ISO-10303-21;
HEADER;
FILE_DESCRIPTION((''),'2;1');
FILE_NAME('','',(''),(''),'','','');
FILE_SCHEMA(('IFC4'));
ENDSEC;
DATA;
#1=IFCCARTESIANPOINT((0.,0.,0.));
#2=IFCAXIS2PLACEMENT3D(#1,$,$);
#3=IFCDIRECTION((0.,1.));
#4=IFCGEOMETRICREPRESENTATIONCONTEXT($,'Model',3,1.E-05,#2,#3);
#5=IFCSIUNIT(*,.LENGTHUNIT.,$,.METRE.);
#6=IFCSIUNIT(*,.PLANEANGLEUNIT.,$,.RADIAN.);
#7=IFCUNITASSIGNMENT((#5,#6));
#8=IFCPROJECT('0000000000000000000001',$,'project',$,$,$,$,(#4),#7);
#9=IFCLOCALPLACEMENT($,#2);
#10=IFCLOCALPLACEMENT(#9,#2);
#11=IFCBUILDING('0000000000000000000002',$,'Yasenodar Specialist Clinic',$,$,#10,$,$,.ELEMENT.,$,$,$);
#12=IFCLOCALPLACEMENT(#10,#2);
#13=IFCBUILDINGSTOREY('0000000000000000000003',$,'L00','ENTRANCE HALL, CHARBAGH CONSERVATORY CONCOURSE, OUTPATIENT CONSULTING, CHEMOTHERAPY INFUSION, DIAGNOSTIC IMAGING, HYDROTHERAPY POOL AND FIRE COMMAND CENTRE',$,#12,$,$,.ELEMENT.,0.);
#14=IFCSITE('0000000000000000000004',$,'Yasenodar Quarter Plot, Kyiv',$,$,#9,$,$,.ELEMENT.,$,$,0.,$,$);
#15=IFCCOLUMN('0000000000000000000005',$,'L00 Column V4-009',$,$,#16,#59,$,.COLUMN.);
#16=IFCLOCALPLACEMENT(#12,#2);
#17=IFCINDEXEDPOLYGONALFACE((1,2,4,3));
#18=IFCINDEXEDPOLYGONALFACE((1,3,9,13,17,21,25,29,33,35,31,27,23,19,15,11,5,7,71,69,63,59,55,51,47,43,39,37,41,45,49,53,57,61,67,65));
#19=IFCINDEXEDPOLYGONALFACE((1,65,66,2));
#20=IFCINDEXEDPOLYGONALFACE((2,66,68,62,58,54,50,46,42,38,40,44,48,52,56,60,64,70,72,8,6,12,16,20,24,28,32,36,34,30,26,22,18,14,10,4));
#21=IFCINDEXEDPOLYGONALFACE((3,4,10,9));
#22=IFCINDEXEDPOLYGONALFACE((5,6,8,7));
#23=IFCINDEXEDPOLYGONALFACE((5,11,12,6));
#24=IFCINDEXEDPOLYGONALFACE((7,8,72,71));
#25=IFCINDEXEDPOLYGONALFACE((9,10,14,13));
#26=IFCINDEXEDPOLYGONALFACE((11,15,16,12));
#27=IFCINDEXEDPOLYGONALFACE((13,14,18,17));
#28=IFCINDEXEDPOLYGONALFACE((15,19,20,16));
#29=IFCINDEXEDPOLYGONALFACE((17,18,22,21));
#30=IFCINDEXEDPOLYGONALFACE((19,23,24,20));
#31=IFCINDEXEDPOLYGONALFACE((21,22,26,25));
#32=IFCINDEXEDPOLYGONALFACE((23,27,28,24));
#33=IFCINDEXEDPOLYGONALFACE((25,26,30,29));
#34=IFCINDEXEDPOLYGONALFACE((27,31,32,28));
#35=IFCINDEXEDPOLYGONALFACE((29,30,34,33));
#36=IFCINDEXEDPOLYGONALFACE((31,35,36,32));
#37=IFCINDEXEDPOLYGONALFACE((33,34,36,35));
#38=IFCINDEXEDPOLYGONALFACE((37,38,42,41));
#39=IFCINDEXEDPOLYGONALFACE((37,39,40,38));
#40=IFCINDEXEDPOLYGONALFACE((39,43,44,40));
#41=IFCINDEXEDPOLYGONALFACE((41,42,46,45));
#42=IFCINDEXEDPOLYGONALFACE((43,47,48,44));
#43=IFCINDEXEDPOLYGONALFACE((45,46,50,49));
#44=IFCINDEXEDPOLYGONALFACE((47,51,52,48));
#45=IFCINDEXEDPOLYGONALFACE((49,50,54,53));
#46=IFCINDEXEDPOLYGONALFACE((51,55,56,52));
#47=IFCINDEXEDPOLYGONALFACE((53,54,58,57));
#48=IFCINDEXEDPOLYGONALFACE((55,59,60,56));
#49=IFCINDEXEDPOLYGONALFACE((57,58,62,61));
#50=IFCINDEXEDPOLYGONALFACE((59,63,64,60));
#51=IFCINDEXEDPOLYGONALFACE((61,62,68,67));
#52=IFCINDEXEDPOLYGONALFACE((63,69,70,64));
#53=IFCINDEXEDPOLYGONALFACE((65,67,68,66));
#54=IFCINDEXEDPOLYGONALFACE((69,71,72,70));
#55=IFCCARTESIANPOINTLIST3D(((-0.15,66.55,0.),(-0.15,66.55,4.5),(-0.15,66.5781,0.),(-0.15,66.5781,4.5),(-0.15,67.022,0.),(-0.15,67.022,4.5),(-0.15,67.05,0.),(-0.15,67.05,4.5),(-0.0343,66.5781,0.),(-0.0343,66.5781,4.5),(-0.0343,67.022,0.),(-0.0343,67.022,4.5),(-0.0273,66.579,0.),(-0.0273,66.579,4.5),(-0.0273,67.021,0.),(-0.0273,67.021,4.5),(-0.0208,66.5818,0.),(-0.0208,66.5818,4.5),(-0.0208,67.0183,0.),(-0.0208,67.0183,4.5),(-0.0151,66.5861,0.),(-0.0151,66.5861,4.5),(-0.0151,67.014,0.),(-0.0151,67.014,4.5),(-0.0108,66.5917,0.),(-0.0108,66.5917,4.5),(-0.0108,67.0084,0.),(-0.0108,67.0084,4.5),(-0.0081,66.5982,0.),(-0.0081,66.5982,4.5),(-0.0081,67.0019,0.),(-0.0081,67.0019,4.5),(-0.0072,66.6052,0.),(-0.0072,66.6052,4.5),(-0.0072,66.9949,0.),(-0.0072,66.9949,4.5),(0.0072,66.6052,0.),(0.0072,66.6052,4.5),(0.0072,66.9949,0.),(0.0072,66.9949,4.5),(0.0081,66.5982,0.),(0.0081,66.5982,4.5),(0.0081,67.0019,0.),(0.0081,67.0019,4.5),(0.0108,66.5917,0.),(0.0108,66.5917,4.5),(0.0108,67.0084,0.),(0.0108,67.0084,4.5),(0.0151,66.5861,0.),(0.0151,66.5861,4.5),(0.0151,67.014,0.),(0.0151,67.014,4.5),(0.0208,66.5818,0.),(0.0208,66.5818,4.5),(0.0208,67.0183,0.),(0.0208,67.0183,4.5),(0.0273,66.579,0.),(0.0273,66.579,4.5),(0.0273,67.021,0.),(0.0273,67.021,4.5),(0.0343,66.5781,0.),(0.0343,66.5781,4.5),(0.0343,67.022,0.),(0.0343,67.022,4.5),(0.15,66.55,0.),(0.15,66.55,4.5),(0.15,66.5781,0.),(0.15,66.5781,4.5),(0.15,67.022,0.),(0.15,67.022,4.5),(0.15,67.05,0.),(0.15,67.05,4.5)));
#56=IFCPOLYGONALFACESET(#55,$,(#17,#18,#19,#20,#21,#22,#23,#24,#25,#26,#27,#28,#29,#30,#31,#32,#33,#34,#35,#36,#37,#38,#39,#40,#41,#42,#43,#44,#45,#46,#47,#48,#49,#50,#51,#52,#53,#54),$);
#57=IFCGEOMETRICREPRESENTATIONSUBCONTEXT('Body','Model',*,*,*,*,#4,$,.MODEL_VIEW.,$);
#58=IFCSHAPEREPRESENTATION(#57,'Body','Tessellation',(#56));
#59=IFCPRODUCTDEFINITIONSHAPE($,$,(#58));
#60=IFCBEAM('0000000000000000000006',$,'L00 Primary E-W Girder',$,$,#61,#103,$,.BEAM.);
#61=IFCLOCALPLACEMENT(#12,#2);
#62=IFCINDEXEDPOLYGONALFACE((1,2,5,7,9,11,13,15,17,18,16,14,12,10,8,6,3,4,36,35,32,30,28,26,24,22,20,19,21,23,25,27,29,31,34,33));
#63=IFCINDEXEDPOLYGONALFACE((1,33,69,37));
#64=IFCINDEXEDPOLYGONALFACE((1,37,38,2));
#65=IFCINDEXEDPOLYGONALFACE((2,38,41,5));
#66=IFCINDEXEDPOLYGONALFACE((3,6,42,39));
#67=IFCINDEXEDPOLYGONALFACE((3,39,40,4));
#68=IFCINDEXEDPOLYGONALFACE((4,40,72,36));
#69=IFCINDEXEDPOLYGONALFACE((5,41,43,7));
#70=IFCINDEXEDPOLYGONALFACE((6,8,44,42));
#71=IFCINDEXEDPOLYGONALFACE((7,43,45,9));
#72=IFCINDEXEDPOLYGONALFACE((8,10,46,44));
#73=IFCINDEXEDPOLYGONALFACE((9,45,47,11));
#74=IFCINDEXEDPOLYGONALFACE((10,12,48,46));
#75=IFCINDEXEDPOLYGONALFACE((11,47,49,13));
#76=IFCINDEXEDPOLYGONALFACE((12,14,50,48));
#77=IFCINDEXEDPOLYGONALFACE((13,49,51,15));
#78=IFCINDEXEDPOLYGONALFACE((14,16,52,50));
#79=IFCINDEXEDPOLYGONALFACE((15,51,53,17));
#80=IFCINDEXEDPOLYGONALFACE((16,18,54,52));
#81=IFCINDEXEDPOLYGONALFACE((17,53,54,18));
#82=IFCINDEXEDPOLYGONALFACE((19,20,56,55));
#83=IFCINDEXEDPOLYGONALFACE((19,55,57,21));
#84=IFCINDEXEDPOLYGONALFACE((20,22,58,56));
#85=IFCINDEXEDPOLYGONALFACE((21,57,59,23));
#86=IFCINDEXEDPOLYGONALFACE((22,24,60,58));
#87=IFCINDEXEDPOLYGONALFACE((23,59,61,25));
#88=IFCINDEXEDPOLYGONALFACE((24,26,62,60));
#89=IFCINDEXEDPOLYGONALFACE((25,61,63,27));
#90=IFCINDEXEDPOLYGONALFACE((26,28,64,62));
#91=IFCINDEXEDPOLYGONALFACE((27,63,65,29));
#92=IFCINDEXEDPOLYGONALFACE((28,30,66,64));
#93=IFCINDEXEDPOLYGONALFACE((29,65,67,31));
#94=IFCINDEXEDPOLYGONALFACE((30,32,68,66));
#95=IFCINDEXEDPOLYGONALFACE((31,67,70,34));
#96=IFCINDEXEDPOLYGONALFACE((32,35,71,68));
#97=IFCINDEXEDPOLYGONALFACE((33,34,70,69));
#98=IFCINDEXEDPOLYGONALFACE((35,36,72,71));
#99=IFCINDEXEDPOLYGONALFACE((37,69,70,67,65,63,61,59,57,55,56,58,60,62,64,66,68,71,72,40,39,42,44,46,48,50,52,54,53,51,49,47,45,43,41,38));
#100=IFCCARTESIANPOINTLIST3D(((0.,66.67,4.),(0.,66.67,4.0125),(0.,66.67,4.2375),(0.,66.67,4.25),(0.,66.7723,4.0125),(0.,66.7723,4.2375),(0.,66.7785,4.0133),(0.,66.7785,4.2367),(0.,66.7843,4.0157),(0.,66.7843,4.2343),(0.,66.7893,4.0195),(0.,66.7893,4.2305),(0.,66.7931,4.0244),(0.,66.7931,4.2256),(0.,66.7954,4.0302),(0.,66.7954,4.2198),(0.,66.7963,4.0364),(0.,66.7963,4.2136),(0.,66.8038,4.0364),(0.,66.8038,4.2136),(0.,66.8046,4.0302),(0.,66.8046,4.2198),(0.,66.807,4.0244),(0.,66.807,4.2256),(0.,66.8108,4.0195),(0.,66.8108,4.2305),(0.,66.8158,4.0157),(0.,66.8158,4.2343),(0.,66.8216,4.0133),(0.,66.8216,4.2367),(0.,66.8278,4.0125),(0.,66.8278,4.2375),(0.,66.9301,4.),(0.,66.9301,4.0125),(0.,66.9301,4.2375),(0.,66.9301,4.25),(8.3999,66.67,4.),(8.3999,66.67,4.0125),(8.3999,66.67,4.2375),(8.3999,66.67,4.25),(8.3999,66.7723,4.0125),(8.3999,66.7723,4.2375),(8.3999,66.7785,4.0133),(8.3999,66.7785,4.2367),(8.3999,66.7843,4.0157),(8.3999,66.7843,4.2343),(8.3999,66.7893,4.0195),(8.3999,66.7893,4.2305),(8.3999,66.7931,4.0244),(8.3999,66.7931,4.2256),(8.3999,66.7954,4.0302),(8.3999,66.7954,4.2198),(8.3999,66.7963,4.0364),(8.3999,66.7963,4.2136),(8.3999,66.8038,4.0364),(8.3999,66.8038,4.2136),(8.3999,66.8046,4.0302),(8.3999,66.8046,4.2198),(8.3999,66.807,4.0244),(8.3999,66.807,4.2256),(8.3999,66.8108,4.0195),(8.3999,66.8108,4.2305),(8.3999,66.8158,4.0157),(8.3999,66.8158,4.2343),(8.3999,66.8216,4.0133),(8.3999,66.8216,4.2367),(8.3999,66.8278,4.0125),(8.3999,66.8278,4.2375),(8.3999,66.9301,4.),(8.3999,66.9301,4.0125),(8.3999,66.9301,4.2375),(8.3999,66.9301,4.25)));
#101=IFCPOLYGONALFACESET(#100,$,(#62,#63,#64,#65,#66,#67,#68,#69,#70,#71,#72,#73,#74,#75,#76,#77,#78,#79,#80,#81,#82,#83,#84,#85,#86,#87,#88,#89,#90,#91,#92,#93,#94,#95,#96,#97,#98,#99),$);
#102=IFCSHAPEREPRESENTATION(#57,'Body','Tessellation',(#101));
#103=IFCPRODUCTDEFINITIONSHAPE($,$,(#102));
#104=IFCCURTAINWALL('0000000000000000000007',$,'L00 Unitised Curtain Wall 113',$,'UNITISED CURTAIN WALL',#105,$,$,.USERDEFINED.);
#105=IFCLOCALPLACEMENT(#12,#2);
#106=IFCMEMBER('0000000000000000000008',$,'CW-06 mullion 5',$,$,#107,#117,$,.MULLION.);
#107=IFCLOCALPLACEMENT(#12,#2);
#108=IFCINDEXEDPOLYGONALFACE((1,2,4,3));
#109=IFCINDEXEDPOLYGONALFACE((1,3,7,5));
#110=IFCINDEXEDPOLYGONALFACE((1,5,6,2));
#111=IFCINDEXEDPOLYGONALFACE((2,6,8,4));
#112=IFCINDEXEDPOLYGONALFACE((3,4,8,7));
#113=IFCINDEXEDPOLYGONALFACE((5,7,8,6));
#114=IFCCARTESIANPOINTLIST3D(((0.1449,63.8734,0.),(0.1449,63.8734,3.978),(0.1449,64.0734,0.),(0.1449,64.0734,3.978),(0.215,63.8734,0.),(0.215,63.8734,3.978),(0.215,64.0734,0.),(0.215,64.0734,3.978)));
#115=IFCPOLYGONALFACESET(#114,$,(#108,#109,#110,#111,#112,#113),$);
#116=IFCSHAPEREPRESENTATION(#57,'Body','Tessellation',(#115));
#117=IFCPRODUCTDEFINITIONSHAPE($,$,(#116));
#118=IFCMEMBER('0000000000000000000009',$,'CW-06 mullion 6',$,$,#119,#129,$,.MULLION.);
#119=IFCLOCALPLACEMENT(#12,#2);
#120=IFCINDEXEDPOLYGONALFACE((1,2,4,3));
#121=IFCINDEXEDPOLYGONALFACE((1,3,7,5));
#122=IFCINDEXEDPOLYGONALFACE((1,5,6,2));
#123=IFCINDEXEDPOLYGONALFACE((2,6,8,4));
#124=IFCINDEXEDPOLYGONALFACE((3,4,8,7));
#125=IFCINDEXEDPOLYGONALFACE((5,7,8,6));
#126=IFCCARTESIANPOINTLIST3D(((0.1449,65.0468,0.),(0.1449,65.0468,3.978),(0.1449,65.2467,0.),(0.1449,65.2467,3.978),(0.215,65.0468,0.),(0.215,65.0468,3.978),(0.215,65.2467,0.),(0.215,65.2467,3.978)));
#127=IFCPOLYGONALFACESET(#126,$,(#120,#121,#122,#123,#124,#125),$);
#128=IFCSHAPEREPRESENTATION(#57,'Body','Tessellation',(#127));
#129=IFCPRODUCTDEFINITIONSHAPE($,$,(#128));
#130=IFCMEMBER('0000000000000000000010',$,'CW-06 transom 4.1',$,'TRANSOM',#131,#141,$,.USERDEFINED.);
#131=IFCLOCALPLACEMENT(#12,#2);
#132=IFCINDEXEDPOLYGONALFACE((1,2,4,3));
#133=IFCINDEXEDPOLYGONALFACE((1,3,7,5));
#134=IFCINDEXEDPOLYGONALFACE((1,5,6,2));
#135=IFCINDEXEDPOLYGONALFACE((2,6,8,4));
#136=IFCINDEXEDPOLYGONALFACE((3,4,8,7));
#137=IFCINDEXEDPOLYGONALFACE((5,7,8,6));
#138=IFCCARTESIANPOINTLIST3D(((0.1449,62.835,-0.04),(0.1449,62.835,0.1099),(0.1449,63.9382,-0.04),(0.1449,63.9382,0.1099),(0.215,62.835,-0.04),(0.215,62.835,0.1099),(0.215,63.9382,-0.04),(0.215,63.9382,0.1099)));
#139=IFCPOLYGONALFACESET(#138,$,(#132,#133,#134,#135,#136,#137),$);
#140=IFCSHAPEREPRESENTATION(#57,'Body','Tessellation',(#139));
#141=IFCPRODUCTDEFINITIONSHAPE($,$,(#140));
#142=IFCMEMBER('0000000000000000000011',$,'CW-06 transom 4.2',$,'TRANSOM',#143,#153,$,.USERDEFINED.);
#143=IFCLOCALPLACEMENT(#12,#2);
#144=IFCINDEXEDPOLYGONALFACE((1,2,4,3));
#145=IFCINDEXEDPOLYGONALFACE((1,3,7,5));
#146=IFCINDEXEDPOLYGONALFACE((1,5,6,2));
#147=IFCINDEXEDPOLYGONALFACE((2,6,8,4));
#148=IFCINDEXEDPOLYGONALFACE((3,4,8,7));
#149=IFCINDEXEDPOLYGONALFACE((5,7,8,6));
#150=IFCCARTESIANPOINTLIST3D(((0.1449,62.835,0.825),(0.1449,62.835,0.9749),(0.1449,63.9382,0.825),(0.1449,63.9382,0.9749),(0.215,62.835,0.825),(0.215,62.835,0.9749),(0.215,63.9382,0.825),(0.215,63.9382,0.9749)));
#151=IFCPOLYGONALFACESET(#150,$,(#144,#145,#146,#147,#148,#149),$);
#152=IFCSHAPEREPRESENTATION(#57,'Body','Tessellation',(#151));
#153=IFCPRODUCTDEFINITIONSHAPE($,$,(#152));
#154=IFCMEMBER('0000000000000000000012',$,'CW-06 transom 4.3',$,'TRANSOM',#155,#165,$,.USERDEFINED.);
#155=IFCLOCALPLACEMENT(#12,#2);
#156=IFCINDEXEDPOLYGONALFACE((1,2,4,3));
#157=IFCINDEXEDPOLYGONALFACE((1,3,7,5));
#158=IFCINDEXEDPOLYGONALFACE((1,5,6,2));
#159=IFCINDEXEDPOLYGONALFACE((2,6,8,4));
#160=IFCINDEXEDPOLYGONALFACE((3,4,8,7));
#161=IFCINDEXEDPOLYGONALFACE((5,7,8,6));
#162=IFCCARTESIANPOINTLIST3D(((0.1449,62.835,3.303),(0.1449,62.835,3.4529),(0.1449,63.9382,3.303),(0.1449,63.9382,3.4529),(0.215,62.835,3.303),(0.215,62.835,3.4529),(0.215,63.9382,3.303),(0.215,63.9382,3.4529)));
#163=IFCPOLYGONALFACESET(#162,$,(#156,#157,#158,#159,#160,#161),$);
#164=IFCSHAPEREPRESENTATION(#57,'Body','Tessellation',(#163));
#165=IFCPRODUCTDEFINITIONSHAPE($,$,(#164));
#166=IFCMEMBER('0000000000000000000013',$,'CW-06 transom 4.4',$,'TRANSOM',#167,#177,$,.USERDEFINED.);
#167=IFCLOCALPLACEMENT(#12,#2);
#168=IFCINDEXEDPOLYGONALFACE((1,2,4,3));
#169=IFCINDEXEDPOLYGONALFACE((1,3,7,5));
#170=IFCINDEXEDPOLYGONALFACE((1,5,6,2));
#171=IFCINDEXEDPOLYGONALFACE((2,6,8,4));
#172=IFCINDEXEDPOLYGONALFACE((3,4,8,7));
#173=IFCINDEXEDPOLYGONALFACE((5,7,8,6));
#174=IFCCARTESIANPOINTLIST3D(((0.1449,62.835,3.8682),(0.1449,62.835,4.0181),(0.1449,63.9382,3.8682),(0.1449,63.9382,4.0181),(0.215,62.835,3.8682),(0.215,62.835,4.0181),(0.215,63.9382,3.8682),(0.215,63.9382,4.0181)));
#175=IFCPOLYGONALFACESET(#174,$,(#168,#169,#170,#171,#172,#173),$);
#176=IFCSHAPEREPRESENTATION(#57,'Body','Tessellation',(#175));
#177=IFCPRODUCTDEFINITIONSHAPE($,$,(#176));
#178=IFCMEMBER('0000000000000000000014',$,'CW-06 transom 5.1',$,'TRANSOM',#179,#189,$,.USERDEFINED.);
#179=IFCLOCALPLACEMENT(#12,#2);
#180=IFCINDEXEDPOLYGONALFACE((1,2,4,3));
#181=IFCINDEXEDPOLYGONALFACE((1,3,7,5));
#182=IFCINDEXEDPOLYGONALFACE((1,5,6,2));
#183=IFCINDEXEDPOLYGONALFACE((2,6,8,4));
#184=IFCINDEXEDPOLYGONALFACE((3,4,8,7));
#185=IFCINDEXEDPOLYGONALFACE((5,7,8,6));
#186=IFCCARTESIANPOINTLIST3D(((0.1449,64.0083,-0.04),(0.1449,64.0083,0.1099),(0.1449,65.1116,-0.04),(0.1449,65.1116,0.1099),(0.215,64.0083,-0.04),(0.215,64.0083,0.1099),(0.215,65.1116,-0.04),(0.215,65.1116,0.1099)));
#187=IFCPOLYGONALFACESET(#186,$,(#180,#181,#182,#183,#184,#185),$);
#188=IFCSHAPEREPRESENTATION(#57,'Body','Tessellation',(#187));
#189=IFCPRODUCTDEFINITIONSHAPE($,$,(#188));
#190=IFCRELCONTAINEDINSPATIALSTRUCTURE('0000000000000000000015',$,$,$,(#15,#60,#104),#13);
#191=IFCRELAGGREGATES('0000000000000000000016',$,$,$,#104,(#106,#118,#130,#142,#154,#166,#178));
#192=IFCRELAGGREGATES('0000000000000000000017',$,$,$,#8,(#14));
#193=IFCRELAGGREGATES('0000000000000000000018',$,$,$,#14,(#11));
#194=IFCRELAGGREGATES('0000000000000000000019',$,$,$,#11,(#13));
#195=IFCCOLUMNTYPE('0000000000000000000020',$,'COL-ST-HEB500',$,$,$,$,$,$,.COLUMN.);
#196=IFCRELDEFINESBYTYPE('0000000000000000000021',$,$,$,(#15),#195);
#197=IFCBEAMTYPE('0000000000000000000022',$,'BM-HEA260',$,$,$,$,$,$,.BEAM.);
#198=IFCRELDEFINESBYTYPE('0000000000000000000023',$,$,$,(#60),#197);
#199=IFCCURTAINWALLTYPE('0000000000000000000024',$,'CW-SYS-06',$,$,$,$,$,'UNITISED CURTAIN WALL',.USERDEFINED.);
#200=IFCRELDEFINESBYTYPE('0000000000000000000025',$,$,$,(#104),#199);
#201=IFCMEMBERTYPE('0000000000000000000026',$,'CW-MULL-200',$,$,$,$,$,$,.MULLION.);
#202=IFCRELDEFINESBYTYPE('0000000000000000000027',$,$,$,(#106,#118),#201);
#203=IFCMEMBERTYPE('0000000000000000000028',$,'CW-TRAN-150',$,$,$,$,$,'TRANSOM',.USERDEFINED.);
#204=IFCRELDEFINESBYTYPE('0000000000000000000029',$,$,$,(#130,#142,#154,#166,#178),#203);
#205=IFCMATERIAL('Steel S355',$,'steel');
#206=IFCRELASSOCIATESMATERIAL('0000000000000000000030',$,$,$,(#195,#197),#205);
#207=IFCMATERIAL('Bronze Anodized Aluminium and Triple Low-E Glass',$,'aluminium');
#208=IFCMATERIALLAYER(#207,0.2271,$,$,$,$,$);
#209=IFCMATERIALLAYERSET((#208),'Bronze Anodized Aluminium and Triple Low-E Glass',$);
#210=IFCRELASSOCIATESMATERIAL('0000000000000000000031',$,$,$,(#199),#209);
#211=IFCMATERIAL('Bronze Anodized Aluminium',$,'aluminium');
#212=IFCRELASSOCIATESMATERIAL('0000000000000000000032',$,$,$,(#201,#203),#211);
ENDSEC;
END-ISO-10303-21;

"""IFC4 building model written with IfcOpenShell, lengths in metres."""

from ifc_helpers import new_model, si_unit, direction, frame, origin, origin_2d, place, context, subcontext, project, spatial, rectangle, i_section, extrude, material, layer, layer_set, material_profile, profile_set, type_object, element, aggregate, save


model = new_model("IFC4")

# Units and contexts
model_context = context("Model", 3, precision=1e-05, world=origin(), true_north=direction((0.0, 1.0)))
body_context = subcontext(model_context, "Body", "Model", "MODEL_VIEW")
ifc_project = project(units=[si_unit("LENGTHUNIT", "METRE"), si_unit("PLANEANGLEUNIT", "RADIAN")], contexts=[model_context])

# Site, building, storey
site_placement = place(None, origin())
site = spatial("IfcSite", under=ifc_project, at=site_placement, Name="Yasenodar Quarter Plot, Kyiv", CompositionType="ELEMENT", RefElevation=0.0)
building_placement = place(site_placement, origin())
building = spatial("IfcBuilding", under=site, at=building_placement, Name="Yasenodar Specialist Clinic", CompositionType="ELEMENT")
storey_placement = place(building_placement, origin())
storey = spatial("IfcBuildingStorey", under=building, at=storey_placement, Name="L00", Description="ENTRANCE HALL, CHARBAGH CONSERVATORY CONCOURSE, OUTPATIENT CONSULTING, CHEMOTHERAPY INFUSION, DIAGNOSTIC IMAGING, HYDROTHERAPY POOL AND FIRE COMMAND CENTRE", CompositionType="ELEMENT", Elevation=0.0)

# Column
ifc_material_1 = material(Name="Steel S355", Category="steel")
ifc_material_profile_1 = material_profile(ifc_material_1, i_section(OverallWidth=0.3, OverallDepth=0.5, WebThickness=0.0144, FlangeThickness=0.0281, FilletRadius=0.0271, at=origin_2d()), Name="HEB 500")
ifc_profile_set_1 = profile_set([ifc_material_profile_1], Name="Steel S355")
column_type = type_object("IfcColumnType", Name="COL-ST-HEB500", PredefinedType="COLUMN", material=ifc_profile_set_1)
column_placement = place(storey_placement, frame((0.0, 66.8, 0.0), z_axis=(0.0, 0.0, 1.0), x_axis=(1.0, 0.0, 0.0)))
element("IfcColumn", 1, at=column_placement, inside=storey, type_object=column_type, Name="L00 Column V4-009", PredefinedType="COLUMN", context=body_context, shape_type="SweptSolid", body=[
    extrude(i_section(OverallWidth=0.3, OverallDepth=0.5, WebThickness=0.0144, FlangeThickness=0.0281, FilletRadius=0.0271, at=origin_2d()), origin(), (0.0, 0.0, 1.0), 4.5),
])

# Beam
ifc_material_profile_2 = material_profile(ifc_material_1, i_section(OverallWidth=0.26, OverallDepth=0.25, WebThickness=0.0076, FlangeThickness=0.0125, FilletRadius=0.0239, at=origin_2d()), Name="HEA 260")
ifc_profile_set_2 = profile_set([ifc_material_profile_2], Name="Steel S355")
beam_type_1 = type_object("IfcBeamType", Name="BM-HEA260", PredefinedType="BEAM", material=ifc_profile_set_2)
beam_1_placement = place(storey_placement, frame((0.0, 66.8, 4.125), z_axis=(1.0, 0.0, 0.0), x_axis=(0.0, 1.0, 0.0)))
element("IfcBeam", 2, at=beam_1_placement, inside=storey, type_object=beam_type_1, Name="L00 Primary E-W Girder", PredefinedType="BEAM", context=body_context, shape_type="SweptSolid", body=[
    extrude(i_section(OverallWidth=0.26, OverallDepth=0.25, WebThickness=0.0076, FlangeThickness=0.0125, FilletRadius=0.0239, at=origin_2d()), origin(), (0.0, 0.0, 1.0), 8.3999),
])

# Curtain wall, members
ifc_material_2 = material(Name="Bronze Anodized Aluminium and Triple Low-E Glass", Category="aluminium")
ifc_layer_1 = layer(ifc_material_2, 0.2271)
ifc_layer_set_1 = layer_set([ifc_layer_1], Name="Bronze Anodized Aluminium and Triple Low-E Glass")
curtain_wall_type = type_object("IfcCurtainWallType", Name="CW-SYS-06", ElementType="UNITISED CURTAIN WALL", PredefinedType="USERDEFINED", material=ifc_layer_set_1)
curtain_wall_placement = place(storey_placement, origin())
curtain_wall = element("IfcCurtainWall", 3, at=curtain_wall_placement, inside=storey, type_object=curtain_wall_type, Name="L00 Unitised Curtain Wall 113", ObjectType="UNITISED CURTAIN WALL", PredefinedType="USERDEFINED")
ifc_material_3 = material(Name="Bronze Anodized Aluminium", Category="aluminium")
ifc_material_profile_3 = material_profile(ifc_material_3, rectangle(XDim=0.0701, YDim=0.2, at=origin_2d()), Name="CW-MULL 70x200")
ifc_profile_set_3 = profile_set([ifc_material_profile_3], Name="Bronze Anodized Aluminium")
member_type_1 = type_object("IfcMemberType", Name="CW-MULL-200", PredefinedType="MULLION", material=ifc_profile_set_3)
member_1_placement = place(storey_placement, frame((0.1799, 63.9734, 0.0), z_axis=(0.0, 0.0, 1.0), x_axis=(-1.0, 0.0, 0.0)))
member_1 = element("IfcMember", 4, at=member_1_placement, type_object=member_type_1, Name="CW-06 mullion 5", PredefinedType="MULLION", context=body_context, shape_type="SweptSolid", body=[
    extrude(rectangle(XDim=0.0701, YDim=0.2, at=origin_2d()), origin(), (0.0, 0.0, 1.0), 3.978),
])
member_2_placement = place(storey_placement, frame((0.1799, 65.1467, 0.0), z_axis=(0.0, 0.0, 1.0), x_axis=(-1.0, 0.0, 0.0)))
member_2 = element("IfcMember", 5, at=member_2_placement, type_object=member_type_1, Name="CW-06 mullion 6", PredefinedType="MULLION", context=body_context, shape_type="SweptSolid", body=[
    extrude(rectangle(XDim=0.0701, YDim=0.2, at=origin_2d()), origin(), (0.0, 0.0, 1.0), 3.978),
])
ifc_material_profile_4 = material_profile(ifc_material_3, rectangle(XDim=0.0701, YDim=0.1499, at=origin_2d()), Name="CW-TRAN 70x150")
ifc_profile_set_4 = profile_set([ifc_material_profile_4], Name="Bronze Anodized Aluminium")
member_type_2 = type_object("IfcMemberType", Name="CW-TRAN-150", ElementType="TRANSOM", PredefinedType="USERDEFINED", material=ifc_profile_set_4)
member_3_placement = place(storey_placement, frame((0.1799, 62.835, 0.0349), z_axis=(0.0, 1.0, 0.0), x_axis=(-1.0, 0.0, 0.0)))
member_3 = element("IfcMember", 6, at=member_3_placement, type_object=member_type_2, Name="CW-06 transom 4.1", ObjectType="TRANSOM", PredefinedType="USERDEFINED", context=body_context, shape_type="SweptSolid", body=[
    extrude(rectangle(XDim=0.0701, YDim=0.1499, at=origin_2d()), origin(), (0.0, 0.0, 1.0), 1.1033),
])
member_4_placement = place(storey_placement, frame((0.1799, 62.835, 0.8999), z_axis=(0.0, 1.0, 0.0), x_axis=(-1.0, 0.0, 0.0)))
member_4 = element("IfcMember", 7, at=member_4_placement, type_object=member_type_2, Name="CW-06 transom 4.2", ObjectType="TRANSOM", PredefinedType="USERDEFINED", context=body_context, shape_type="SweptSolid", body=[
    extrude(rectangle(XDim=0.0701, YDim=0.1499, at=origin_2d()), origin(), (0.0, 0.0, 1.0), 1.1033),
])
member_5_placement = place(storey_placement, frame((0.1799, 62.835, 3.3779), z_axis=(0.0, 1.0, 0.0), x_axis=(-1.0, 0.0, 0.0)))
member_5 = element("IfcMember", 8, at=member_5_placement, type_object=member_type_2, Name="CW-06 transom 4.3", ObjectType="TRANSOM", PredefinedType="USERDEFINED", context=body_context, shape_type="SweptSolid", body=[
    extrude(rectangle(XDim=0.0701, YDim=0.1499, at=origin_2d()), origin(), (0.0, 0.0, 1.0), 1.1033),
])
member_6_placement = place(storey_placement, frame((0.1799, 62.835, 3.9431), z_axis=(0.0, 1.0, 0.0), x_axis=(-1.0, 0.0, 0.0)))
member_6 = element("IfcMember", 9, at=member_6_placement, type_object=member_type_2, Name="CW-06 transom 4.4", ObjectType="TRANSOM", PredefinedType="USERDEFINED", context=body_context, shape_type="SweptSolid", body=[
    extrude(rectangle(XDim=0.0701, YDim=0.1499, at=origin_2d()), origin(), (0.0, 0.0, 1.0), 1.1033),
])
member_7_placement = place(storey_placement, frame((0.1799, 64.0083, 0.0349), z_axis=(0.0, 1.0, 0.0), x_axis=(-1.0, 0.0, 0.0)))
member_7 = element("IfcMember", 10, at=member_7_placement, type_object=member_type_2, Name="CW-06 transom 5.1", ObjectType="TRANSOM", PredefinedType="USERDEFINED", context=body_context, shape_type="SweptSolid", body=[
    extrude(rectangle(XDim=0.0701, YDim=0.1499, at=origin_2d()), origin(), (0.0, 0.0, 1.0), 1.1033),
])

aggregate(curtain_wall, [member_1, member_2, member_3, member_4, member_5, member_6, member_7])

save(model, "model.ifc")
